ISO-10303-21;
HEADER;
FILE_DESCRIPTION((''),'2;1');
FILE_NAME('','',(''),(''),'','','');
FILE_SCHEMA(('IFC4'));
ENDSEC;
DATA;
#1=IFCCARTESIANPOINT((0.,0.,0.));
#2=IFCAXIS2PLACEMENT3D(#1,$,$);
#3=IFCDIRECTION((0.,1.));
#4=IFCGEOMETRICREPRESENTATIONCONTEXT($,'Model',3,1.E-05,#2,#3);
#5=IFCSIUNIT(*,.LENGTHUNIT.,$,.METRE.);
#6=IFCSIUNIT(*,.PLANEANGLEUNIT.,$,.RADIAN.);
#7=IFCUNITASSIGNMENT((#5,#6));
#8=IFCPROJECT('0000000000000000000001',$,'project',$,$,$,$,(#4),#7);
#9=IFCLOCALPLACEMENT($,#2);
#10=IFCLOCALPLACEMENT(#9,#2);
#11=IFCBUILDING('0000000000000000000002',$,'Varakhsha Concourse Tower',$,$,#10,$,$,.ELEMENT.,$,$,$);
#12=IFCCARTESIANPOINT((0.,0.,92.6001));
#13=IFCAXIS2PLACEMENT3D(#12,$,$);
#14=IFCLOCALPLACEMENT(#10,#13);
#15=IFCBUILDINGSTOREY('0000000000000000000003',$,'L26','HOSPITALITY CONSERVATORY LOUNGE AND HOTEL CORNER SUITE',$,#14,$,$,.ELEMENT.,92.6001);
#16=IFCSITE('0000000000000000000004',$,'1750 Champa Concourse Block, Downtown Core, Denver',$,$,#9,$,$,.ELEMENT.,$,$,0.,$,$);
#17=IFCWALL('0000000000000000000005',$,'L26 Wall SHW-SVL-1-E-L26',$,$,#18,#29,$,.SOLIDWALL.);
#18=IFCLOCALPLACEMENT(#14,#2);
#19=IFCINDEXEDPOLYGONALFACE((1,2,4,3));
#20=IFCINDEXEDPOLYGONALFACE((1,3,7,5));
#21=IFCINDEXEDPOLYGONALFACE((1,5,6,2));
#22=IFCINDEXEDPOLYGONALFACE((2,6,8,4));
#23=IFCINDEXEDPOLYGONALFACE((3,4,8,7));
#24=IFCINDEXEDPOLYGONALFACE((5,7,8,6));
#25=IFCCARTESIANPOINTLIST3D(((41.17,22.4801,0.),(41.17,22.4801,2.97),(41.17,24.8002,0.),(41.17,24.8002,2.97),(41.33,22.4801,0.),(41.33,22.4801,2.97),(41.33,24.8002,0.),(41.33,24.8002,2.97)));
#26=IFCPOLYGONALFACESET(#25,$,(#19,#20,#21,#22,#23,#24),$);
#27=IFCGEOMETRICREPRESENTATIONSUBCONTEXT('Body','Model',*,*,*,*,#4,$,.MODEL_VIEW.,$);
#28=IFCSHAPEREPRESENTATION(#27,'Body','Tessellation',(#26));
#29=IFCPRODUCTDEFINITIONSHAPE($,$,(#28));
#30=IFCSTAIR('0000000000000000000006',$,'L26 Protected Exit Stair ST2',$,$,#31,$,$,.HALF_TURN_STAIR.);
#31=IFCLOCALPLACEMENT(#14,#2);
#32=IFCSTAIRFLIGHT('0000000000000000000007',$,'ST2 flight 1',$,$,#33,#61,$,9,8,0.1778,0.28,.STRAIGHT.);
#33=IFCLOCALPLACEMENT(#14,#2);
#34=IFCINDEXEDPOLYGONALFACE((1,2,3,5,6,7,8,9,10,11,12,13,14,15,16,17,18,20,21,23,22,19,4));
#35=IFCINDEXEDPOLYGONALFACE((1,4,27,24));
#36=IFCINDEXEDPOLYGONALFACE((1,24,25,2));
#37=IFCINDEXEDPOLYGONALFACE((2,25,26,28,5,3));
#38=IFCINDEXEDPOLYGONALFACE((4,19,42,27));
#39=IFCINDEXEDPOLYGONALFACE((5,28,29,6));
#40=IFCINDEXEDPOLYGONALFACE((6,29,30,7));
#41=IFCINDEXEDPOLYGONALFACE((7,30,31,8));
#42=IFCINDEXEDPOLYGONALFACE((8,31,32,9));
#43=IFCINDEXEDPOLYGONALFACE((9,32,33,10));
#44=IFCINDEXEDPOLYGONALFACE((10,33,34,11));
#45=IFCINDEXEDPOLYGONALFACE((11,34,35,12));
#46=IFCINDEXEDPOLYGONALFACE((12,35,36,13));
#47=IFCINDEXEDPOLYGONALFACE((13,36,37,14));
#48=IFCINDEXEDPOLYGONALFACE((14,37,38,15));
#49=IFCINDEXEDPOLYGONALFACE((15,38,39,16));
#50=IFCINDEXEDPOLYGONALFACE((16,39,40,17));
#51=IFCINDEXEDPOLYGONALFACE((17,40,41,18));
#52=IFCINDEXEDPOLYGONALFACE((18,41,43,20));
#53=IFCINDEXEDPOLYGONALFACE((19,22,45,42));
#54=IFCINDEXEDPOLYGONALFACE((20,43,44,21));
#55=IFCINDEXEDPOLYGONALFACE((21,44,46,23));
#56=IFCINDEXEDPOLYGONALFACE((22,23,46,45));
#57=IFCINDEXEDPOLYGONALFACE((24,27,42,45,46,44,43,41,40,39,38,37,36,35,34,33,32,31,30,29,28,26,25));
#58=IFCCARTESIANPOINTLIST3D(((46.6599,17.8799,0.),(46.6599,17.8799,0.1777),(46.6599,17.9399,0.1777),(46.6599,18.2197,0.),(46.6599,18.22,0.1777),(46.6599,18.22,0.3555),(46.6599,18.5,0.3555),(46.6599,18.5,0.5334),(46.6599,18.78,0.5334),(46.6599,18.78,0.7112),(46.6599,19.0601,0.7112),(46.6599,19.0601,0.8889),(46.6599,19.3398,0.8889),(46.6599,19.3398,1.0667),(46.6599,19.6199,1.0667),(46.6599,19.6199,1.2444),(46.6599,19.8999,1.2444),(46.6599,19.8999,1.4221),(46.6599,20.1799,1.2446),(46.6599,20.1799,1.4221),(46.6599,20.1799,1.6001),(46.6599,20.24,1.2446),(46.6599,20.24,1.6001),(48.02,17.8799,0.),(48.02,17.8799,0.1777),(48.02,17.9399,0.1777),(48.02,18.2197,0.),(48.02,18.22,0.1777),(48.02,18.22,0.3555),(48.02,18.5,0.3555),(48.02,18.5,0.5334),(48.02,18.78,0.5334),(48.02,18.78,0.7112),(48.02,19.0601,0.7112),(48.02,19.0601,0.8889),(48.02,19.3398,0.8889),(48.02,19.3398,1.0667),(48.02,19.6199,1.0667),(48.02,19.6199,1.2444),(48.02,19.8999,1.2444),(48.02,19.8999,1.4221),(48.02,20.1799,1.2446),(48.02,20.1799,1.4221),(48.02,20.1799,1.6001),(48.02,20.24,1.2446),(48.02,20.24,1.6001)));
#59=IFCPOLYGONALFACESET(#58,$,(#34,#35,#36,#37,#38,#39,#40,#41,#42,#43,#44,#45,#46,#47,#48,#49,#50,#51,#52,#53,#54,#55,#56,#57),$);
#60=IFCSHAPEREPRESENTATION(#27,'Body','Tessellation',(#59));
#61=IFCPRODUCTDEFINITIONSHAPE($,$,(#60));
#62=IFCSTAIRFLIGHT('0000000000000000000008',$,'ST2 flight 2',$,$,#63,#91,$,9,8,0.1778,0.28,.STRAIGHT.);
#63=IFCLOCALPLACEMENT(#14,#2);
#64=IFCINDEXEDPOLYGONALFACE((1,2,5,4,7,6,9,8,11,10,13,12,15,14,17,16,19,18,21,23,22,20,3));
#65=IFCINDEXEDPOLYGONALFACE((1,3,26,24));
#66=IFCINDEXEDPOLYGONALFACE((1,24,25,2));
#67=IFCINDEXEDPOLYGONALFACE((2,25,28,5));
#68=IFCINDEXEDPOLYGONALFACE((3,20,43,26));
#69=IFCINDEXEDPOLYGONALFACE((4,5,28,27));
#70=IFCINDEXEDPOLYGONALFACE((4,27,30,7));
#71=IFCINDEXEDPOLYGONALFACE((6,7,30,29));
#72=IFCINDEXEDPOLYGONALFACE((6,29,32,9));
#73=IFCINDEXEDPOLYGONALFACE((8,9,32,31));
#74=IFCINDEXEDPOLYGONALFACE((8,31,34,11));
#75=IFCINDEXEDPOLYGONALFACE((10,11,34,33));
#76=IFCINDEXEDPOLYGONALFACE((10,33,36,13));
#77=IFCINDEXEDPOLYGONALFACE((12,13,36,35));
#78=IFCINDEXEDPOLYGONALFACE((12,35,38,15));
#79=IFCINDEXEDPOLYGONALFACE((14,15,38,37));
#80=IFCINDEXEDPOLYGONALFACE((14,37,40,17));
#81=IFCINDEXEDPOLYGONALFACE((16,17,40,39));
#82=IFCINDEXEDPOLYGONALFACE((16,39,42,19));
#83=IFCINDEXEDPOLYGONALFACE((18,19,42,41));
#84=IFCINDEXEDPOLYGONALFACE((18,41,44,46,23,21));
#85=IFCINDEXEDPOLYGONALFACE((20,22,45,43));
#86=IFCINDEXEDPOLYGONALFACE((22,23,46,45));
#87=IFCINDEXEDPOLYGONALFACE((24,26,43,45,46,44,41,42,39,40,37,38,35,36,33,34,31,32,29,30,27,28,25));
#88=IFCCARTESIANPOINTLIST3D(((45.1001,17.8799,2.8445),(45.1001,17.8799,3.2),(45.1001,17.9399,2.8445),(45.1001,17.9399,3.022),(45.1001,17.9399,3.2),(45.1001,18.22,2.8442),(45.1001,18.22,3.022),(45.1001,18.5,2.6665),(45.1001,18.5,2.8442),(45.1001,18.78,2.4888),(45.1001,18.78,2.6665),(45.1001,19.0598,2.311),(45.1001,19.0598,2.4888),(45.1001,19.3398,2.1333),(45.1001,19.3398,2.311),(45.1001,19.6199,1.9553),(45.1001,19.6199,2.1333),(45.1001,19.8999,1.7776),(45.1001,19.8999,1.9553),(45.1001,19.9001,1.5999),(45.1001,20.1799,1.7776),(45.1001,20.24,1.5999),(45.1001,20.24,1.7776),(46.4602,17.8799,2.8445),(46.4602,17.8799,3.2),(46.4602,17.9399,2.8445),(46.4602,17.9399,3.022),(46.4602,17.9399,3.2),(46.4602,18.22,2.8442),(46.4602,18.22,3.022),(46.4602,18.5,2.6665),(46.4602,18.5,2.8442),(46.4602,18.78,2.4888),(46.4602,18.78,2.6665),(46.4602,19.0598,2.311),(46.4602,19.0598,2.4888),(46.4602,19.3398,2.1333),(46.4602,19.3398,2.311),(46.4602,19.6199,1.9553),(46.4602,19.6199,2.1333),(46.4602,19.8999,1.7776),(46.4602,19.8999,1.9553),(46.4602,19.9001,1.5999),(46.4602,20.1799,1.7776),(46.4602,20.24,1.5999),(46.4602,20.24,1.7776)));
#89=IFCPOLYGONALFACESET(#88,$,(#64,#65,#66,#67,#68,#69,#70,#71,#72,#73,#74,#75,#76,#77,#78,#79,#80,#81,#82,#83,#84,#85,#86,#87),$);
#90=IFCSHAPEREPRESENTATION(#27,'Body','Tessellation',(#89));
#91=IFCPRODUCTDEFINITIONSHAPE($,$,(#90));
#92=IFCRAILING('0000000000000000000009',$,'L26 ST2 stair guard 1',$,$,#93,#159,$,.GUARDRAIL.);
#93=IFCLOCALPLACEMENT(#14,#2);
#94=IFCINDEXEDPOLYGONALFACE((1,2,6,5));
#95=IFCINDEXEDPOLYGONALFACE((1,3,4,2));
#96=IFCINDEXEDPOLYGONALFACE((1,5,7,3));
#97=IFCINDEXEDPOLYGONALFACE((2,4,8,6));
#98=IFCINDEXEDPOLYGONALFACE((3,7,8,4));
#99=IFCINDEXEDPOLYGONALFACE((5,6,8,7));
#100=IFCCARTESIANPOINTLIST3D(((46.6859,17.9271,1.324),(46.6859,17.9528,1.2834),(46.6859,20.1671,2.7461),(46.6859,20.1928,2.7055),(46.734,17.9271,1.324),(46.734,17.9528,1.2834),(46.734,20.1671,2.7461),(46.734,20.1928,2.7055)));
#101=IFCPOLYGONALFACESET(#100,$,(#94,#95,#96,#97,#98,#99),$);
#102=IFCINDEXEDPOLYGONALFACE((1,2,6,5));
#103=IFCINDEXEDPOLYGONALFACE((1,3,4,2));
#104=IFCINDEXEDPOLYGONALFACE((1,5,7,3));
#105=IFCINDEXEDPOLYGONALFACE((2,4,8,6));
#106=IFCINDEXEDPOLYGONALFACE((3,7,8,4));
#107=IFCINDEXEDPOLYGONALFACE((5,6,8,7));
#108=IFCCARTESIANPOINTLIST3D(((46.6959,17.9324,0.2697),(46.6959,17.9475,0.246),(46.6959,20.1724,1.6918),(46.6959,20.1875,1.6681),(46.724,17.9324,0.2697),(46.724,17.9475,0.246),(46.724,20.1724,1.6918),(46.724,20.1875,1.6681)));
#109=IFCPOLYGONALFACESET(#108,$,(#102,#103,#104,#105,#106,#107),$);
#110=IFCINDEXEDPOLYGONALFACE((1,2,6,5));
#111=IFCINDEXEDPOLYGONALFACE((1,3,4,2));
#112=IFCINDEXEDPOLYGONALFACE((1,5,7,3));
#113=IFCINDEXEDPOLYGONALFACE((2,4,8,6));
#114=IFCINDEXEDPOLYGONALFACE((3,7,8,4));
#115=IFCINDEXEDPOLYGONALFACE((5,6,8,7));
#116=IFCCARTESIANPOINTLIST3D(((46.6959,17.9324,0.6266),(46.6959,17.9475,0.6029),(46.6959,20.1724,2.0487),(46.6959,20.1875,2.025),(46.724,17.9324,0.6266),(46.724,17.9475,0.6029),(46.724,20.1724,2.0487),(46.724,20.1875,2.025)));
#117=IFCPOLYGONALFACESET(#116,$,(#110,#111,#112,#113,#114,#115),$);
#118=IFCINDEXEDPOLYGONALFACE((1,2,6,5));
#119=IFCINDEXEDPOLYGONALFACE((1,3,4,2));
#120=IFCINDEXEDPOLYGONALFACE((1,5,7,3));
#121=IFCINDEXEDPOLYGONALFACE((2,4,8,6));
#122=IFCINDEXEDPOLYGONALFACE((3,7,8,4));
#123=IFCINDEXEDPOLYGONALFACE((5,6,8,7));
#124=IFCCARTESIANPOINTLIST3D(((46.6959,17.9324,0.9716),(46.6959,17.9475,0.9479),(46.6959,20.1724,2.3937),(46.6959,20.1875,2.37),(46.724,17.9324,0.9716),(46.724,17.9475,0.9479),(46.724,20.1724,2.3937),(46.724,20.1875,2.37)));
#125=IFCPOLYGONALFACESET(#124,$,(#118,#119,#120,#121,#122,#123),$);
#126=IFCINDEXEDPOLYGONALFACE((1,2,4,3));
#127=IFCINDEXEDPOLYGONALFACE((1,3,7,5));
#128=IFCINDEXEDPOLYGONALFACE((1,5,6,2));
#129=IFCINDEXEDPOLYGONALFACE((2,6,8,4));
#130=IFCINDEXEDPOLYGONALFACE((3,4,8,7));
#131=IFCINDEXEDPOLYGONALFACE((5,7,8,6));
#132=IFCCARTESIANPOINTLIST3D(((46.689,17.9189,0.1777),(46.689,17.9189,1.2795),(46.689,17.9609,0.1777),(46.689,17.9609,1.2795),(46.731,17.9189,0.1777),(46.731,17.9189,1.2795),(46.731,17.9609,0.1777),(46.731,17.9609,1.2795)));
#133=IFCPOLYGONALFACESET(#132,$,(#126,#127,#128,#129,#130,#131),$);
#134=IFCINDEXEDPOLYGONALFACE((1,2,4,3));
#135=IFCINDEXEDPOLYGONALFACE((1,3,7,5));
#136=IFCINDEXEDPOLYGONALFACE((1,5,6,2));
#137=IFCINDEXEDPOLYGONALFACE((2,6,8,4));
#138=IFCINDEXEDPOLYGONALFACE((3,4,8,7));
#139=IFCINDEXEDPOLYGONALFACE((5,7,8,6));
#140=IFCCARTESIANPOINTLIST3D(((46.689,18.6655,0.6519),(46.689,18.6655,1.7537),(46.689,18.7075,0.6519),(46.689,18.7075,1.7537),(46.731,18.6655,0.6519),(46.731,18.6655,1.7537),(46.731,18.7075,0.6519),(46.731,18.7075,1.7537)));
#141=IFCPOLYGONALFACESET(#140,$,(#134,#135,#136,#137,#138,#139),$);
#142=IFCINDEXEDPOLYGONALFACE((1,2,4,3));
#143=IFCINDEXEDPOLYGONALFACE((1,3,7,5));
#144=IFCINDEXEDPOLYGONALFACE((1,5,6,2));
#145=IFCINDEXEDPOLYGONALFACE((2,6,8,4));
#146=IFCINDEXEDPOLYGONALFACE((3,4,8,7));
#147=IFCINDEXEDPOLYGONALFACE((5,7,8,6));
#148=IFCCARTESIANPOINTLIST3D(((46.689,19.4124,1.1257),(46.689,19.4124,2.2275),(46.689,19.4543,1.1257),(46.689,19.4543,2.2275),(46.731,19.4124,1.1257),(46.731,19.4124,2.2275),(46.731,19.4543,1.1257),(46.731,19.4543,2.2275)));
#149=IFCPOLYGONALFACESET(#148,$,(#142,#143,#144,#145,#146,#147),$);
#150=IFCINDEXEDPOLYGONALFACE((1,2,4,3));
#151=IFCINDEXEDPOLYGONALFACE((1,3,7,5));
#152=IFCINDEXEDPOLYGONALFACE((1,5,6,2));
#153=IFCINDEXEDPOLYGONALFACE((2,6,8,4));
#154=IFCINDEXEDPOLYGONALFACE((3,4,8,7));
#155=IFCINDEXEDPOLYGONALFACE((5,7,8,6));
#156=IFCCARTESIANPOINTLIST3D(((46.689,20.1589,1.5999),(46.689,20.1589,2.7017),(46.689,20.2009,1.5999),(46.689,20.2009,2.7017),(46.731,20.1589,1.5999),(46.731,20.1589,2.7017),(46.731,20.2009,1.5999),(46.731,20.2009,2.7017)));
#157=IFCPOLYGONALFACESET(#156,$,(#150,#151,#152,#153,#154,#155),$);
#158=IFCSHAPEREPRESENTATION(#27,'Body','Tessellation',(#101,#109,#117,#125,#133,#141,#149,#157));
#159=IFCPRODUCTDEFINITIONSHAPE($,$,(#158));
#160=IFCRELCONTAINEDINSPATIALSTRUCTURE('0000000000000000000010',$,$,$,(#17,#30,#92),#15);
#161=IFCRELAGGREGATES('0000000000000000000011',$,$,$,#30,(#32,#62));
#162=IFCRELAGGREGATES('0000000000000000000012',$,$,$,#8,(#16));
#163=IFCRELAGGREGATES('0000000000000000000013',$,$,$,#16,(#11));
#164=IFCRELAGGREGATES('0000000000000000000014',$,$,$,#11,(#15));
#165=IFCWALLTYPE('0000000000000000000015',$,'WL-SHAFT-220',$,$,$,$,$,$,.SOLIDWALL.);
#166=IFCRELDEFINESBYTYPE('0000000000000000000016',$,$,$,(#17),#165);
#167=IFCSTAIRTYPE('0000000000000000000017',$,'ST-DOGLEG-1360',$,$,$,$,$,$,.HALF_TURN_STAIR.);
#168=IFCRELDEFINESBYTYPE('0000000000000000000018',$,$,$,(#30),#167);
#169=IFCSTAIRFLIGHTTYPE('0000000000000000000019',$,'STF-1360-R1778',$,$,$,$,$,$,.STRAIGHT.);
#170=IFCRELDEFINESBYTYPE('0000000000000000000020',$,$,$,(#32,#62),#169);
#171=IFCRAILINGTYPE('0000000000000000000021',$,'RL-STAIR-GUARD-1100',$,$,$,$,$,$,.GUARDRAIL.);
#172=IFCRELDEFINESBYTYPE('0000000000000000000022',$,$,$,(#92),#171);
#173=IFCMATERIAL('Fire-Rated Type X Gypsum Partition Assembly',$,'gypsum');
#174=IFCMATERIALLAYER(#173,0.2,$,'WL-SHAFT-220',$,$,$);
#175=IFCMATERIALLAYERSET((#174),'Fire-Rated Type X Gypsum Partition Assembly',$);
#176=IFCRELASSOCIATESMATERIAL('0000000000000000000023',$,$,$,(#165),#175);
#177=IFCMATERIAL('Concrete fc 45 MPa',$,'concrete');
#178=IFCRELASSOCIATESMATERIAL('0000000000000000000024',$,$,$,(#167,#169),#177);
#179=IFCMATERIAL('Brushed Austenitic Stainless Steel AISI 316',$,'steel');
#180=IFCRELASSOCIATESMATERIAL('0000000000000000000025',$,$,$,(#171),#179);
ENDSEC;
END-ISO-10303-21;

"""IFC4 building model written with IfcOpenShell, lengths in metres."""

from ifc_helpers import new_model, si_unit, direction, frame, frame_2d, origin, origin_2d, place, context, subcontext, project, spatial, polyline, rectangle, outline, extrude, material, layer, layer_set, type_object, element, aggregate, save


model = new_model("IFC4")

# Units and contexts
model_context = context("Model", 3, precision=1e-05, world=origin(), true_north=direction((0.0, 1.0)))
body_context = subcontext(model_context, "Body", "Model", "MODEL_VIEW")
ifc_project = project(units=[si_unit("LENGTHUNIT", "METRE"), si_unit("PLANEANGLEUNIT", "RADIAN")], contexts=[model_context])

# Site, building, storey
site_placement = place(None, origin())
site = spatial("IfcSite", under=ifc_project, at=site_placement, Name="1750 Champa Concourse Block, Downtown Core, Denver", CompositionType="ELEMENT", RefElevation=0.0)
building_placement = place(site_placement, origin())
building = spatial("IfcBuilding", under=site, at=building_placement, Name="Varakhsha Concourse Tower", CompositionType="ELEMENT")
storey_placement = place(building_placement, frame((0.0, 0.0, 92.6001)))
storey = spatial("IfcBuildingStorey", under=building, at=storey_placement, Name="L26", Description="HOSPITALITY CONSERVATORY LOUNGE AND HOTEL CORNER SUITE", CompositionType="ELEMENT", Elevation=92.6001)

# Wall
ifc_material_1 = material(Name="Fire-Rated Type X Gypsum Partition Assembly", Category="gypsum")
ifc_layer_1 = layer(ifc_material_1, 0.2, Name="WL-SHAFT-220")
ifc_layer_set_1 = layer_set([ifc_layer_1], Name="Fire-Rated Type X Gypsum Partition Assembly")
wall_type_1 = type_object("IfcWallType", Name="WL-SHAFT-220", PredefinedType="SOLIDWALL", material=ifc_layer_set_1)
for number, where, z_axis, x_axis, name in (
    (1, (41.25, 22.48, 0.0), (0.0, 0.0, 1.0), (0.0, 1.0, 0.0), "L26 Wall SHW-SVL-1-E-L26"),
):
    element("IfcWall", number, at=place(storey_placement, frame(where, z_axis=z_axis, x_axis=x_axis)), inside=storey, type_object=wall_type_1, Name=name, PredefinedType="SOLIDWALL", context=body_context, shape_type="SweptSolid", body=[
        extrude(rectangle(XDim=2.3201, YDim=0.1599, at=frame_2d((1.1602, 0.0))), origin(), (0.0, 0.0, 1.0), 2.97),
    ])

# Stair, stair flights
ifc_material_2 = material(Name="Concrete fc 45 MPa", Category="concrete")
stair_type = type_object("IfcStairType", Name="ST-DOGLEG-1360", PredefinedType="HALF_TURN_STAIR", material=ifc_material_2)
stair_placement = place(storey_placement, origin())
stair = element("IfcStair", 2, at=stair_placement, inside=storey, type_object=stair_type, Name="L26 Protected Exit Stair ST2", PredefinedType="HALF_TURN_STAIR")
stair_flight_type = type_object("IfcStairFlightType", Name="STF-1360-R1778", PredefinedType="STRAIGHT", material=ifc_material_2)
stair_flight_1_placement = place(storey_placement, frame((47.3401, 17.9399, 0.0), z_axis=(0.0, 0.0, 1.0), x_axis=(0.0, 1.0, 0.0)))
stair_flight_1 = element("IfcStairFlight", 3, at=stair_flight_1_placement, type_object=stair_flight_type, Name="ST2 flight 1", NumberOfRisers=9, NumberOfTreads=8, PredefinedType="STRAIGHT", RiserHeight=0.1778, TreadLength=0.28, context=body_context, shape_type="SweptSolid", body=[
    extrude(outline(polyline([(-0.0601, 0.0), (-0.0601, 0.1777), (0.0, 0.1777), (0.28, 0.1777), (0.28, 0.3555), (0.5601, 0.3555), (0.5601, 0.5334), (0.8401, 0.5334), (0.8401, 0.7112), (1.1201, 0.7112), (1.1201, 0.8889), (1.3999, 0.8889), (1.3999, 1.0667), (1.6799, 1.0667), (1.6799, 1.2444), (1.96, 1.2444), (1.96, 1.4221), (2.24, 1.4221), (2.24, 1.6001), (2.3, 1.6001), (2.3, 1.2446), (2.24, 1.2446), (0.2798, 0.0), (-0.0601, 0.0)])), frame((0.0, 0.6802, 0.0), z_axis=(0.0, -1.0, 0.0), x_axis=(1.0, 0.0, 0.0)), (0.0, 0.0, 1.0), 1.3601),
])
stair_flight_2_placement = place(storey_placement, frame((45.78, 20.1799, 1.5999), z_axis=(0.0, 0.0, 1.0), x_axis=(0.0, -1.0, 0.0)))
stair_flight_2 = element("IfcStairFlight", 4, at=stair_flight_2_placement, type_object=stair_flight_type, Name="ST2 flight 2", NumberOfRisers=9, NumberOfTreads=8, PredefinedType="STRAIGHT", RiserHeight=0.1778, TreadLength=0.28, context=body_context, shape_type="SweptSolid", body=[
    extrude(outline(polyline([(-0.0601, 0.0), (-0.0601, 0.1777), (0.0, 0.1777), (0.28, 0.1777), (0.28, 0.3555), (0.5601, 0.3555), (0.5601, 0.5334), (0.8401, 0.5334), (0.8401, 0.7112), (1.1201, 0.7112), (1.1201, 0.8889), (1.3999, 0.8889), (1.3999, 1.0667), (1.6799, 1.0667), (1.6799, 1.2444), (1.96, 1.2444), (1.96, 1.4221), (2.24, 1.4221), (2.24, 1.6001), (2.3, 1.6001), (2.3, 1.2446), (2.24, 1.2446), (0.2798, 0.0), (-0.0601, 0.0)])), frame((0.0, 0.6802, 0.0), z_axis=(0.0, -1.0, 0.0), x_axis=(1.0, 0.0, 0.0)), (0.0, 0.0, 1.0), 1.3601),
])
aggregate(stair, [stair_flight_1, stair_flight_2])

# Railing
ifc_material_3 = material(Name="Brushed Austenitic Stainless Steel AISI 316", Category="steel")
railing_type_1 = type_object("IfcRailingType", Name="RL-STAIR-GUARD-1100", PredefinedType="GUARDRAIL", material=ifc_material_3)
railing_1_placement = place(storey_placement, frame((46.71, 17.9399, 0.1777)))
element("IfcRailing", 5, at=railing_1_placement, inside=storey, type_object=railing_type_1, Name="L26 ST2 stair guard 1", PredefinedType="GUARDRAIL", context=body_context, shape_type="SweptSolid", body=[
    extrude(rectangle(XDim=0.0481, YDim=0.0481, at=origin_2d()), frame((0.0, 0.0, 1.126), z_axis=(0.0, 0.844229, 0.535982), x_axis=(-1.0, 0.0, 0.0)), (0.0, 0.0, 1.0), 2.6533),
    extrude(rectangle(XDim=0.0281, YDim=0.0281, at=origin_2d()), frame((0.0, 0.0, 0.0801), z_axis=(0.0, 0.844229, 0.535982), x_axis=(-1.0, 0.0, 0.0)), (0.0, 0.0, 1.0), 2.6533),
    extrude(rectangle(XDim=0.0281, YDim=0.0281, at=origin_2d()), frame((0.0, 0.0, 0.437), z_axis=(0.0, 0.844229, 0.535982), x_axis=(-1.0, 0.0, 0.0)), (0.0, 0.0, 1.0), 2.6533),
    extrude(rectangle(XDim=0.0281, YDim=0.0281, at=origin_2d()), frame((0.0, 0.0, 0.782), z_axis=(0.0, 0.844229, 0.535982), x_axis=(-1.0, 0.0, 0.0)), (0.0, 0.0, 1.0), 2.6533),
    extrude(rectangle(XDim=0.042, YDim=0.042, at=origin_2d()), origin(), (0.0, 0.0, 1.0), 1.1018),
    extrude(rectangle(XDim=0.042, YDim=0.042, at=origin_2d()), frame((0.0, 0.7466, 0.4741)), (0.0, 0.0, 1.0), 1.1018),
    extrude(rectangle(XDim=0.042, YDim=0.042, at=origin_2d()), frame((0.0, 1.4934, 0.948)), (0.0, 0.0, 1.0), 1.1018),
    extrude(rectangle(XDim=0.042, YDim=0.042, at=origin_2d()), frame((0.0, 2.24, 1.4221)), (0.0, 0.0, 1.0), 1.1018),
])

save(model, "model.ifc")
